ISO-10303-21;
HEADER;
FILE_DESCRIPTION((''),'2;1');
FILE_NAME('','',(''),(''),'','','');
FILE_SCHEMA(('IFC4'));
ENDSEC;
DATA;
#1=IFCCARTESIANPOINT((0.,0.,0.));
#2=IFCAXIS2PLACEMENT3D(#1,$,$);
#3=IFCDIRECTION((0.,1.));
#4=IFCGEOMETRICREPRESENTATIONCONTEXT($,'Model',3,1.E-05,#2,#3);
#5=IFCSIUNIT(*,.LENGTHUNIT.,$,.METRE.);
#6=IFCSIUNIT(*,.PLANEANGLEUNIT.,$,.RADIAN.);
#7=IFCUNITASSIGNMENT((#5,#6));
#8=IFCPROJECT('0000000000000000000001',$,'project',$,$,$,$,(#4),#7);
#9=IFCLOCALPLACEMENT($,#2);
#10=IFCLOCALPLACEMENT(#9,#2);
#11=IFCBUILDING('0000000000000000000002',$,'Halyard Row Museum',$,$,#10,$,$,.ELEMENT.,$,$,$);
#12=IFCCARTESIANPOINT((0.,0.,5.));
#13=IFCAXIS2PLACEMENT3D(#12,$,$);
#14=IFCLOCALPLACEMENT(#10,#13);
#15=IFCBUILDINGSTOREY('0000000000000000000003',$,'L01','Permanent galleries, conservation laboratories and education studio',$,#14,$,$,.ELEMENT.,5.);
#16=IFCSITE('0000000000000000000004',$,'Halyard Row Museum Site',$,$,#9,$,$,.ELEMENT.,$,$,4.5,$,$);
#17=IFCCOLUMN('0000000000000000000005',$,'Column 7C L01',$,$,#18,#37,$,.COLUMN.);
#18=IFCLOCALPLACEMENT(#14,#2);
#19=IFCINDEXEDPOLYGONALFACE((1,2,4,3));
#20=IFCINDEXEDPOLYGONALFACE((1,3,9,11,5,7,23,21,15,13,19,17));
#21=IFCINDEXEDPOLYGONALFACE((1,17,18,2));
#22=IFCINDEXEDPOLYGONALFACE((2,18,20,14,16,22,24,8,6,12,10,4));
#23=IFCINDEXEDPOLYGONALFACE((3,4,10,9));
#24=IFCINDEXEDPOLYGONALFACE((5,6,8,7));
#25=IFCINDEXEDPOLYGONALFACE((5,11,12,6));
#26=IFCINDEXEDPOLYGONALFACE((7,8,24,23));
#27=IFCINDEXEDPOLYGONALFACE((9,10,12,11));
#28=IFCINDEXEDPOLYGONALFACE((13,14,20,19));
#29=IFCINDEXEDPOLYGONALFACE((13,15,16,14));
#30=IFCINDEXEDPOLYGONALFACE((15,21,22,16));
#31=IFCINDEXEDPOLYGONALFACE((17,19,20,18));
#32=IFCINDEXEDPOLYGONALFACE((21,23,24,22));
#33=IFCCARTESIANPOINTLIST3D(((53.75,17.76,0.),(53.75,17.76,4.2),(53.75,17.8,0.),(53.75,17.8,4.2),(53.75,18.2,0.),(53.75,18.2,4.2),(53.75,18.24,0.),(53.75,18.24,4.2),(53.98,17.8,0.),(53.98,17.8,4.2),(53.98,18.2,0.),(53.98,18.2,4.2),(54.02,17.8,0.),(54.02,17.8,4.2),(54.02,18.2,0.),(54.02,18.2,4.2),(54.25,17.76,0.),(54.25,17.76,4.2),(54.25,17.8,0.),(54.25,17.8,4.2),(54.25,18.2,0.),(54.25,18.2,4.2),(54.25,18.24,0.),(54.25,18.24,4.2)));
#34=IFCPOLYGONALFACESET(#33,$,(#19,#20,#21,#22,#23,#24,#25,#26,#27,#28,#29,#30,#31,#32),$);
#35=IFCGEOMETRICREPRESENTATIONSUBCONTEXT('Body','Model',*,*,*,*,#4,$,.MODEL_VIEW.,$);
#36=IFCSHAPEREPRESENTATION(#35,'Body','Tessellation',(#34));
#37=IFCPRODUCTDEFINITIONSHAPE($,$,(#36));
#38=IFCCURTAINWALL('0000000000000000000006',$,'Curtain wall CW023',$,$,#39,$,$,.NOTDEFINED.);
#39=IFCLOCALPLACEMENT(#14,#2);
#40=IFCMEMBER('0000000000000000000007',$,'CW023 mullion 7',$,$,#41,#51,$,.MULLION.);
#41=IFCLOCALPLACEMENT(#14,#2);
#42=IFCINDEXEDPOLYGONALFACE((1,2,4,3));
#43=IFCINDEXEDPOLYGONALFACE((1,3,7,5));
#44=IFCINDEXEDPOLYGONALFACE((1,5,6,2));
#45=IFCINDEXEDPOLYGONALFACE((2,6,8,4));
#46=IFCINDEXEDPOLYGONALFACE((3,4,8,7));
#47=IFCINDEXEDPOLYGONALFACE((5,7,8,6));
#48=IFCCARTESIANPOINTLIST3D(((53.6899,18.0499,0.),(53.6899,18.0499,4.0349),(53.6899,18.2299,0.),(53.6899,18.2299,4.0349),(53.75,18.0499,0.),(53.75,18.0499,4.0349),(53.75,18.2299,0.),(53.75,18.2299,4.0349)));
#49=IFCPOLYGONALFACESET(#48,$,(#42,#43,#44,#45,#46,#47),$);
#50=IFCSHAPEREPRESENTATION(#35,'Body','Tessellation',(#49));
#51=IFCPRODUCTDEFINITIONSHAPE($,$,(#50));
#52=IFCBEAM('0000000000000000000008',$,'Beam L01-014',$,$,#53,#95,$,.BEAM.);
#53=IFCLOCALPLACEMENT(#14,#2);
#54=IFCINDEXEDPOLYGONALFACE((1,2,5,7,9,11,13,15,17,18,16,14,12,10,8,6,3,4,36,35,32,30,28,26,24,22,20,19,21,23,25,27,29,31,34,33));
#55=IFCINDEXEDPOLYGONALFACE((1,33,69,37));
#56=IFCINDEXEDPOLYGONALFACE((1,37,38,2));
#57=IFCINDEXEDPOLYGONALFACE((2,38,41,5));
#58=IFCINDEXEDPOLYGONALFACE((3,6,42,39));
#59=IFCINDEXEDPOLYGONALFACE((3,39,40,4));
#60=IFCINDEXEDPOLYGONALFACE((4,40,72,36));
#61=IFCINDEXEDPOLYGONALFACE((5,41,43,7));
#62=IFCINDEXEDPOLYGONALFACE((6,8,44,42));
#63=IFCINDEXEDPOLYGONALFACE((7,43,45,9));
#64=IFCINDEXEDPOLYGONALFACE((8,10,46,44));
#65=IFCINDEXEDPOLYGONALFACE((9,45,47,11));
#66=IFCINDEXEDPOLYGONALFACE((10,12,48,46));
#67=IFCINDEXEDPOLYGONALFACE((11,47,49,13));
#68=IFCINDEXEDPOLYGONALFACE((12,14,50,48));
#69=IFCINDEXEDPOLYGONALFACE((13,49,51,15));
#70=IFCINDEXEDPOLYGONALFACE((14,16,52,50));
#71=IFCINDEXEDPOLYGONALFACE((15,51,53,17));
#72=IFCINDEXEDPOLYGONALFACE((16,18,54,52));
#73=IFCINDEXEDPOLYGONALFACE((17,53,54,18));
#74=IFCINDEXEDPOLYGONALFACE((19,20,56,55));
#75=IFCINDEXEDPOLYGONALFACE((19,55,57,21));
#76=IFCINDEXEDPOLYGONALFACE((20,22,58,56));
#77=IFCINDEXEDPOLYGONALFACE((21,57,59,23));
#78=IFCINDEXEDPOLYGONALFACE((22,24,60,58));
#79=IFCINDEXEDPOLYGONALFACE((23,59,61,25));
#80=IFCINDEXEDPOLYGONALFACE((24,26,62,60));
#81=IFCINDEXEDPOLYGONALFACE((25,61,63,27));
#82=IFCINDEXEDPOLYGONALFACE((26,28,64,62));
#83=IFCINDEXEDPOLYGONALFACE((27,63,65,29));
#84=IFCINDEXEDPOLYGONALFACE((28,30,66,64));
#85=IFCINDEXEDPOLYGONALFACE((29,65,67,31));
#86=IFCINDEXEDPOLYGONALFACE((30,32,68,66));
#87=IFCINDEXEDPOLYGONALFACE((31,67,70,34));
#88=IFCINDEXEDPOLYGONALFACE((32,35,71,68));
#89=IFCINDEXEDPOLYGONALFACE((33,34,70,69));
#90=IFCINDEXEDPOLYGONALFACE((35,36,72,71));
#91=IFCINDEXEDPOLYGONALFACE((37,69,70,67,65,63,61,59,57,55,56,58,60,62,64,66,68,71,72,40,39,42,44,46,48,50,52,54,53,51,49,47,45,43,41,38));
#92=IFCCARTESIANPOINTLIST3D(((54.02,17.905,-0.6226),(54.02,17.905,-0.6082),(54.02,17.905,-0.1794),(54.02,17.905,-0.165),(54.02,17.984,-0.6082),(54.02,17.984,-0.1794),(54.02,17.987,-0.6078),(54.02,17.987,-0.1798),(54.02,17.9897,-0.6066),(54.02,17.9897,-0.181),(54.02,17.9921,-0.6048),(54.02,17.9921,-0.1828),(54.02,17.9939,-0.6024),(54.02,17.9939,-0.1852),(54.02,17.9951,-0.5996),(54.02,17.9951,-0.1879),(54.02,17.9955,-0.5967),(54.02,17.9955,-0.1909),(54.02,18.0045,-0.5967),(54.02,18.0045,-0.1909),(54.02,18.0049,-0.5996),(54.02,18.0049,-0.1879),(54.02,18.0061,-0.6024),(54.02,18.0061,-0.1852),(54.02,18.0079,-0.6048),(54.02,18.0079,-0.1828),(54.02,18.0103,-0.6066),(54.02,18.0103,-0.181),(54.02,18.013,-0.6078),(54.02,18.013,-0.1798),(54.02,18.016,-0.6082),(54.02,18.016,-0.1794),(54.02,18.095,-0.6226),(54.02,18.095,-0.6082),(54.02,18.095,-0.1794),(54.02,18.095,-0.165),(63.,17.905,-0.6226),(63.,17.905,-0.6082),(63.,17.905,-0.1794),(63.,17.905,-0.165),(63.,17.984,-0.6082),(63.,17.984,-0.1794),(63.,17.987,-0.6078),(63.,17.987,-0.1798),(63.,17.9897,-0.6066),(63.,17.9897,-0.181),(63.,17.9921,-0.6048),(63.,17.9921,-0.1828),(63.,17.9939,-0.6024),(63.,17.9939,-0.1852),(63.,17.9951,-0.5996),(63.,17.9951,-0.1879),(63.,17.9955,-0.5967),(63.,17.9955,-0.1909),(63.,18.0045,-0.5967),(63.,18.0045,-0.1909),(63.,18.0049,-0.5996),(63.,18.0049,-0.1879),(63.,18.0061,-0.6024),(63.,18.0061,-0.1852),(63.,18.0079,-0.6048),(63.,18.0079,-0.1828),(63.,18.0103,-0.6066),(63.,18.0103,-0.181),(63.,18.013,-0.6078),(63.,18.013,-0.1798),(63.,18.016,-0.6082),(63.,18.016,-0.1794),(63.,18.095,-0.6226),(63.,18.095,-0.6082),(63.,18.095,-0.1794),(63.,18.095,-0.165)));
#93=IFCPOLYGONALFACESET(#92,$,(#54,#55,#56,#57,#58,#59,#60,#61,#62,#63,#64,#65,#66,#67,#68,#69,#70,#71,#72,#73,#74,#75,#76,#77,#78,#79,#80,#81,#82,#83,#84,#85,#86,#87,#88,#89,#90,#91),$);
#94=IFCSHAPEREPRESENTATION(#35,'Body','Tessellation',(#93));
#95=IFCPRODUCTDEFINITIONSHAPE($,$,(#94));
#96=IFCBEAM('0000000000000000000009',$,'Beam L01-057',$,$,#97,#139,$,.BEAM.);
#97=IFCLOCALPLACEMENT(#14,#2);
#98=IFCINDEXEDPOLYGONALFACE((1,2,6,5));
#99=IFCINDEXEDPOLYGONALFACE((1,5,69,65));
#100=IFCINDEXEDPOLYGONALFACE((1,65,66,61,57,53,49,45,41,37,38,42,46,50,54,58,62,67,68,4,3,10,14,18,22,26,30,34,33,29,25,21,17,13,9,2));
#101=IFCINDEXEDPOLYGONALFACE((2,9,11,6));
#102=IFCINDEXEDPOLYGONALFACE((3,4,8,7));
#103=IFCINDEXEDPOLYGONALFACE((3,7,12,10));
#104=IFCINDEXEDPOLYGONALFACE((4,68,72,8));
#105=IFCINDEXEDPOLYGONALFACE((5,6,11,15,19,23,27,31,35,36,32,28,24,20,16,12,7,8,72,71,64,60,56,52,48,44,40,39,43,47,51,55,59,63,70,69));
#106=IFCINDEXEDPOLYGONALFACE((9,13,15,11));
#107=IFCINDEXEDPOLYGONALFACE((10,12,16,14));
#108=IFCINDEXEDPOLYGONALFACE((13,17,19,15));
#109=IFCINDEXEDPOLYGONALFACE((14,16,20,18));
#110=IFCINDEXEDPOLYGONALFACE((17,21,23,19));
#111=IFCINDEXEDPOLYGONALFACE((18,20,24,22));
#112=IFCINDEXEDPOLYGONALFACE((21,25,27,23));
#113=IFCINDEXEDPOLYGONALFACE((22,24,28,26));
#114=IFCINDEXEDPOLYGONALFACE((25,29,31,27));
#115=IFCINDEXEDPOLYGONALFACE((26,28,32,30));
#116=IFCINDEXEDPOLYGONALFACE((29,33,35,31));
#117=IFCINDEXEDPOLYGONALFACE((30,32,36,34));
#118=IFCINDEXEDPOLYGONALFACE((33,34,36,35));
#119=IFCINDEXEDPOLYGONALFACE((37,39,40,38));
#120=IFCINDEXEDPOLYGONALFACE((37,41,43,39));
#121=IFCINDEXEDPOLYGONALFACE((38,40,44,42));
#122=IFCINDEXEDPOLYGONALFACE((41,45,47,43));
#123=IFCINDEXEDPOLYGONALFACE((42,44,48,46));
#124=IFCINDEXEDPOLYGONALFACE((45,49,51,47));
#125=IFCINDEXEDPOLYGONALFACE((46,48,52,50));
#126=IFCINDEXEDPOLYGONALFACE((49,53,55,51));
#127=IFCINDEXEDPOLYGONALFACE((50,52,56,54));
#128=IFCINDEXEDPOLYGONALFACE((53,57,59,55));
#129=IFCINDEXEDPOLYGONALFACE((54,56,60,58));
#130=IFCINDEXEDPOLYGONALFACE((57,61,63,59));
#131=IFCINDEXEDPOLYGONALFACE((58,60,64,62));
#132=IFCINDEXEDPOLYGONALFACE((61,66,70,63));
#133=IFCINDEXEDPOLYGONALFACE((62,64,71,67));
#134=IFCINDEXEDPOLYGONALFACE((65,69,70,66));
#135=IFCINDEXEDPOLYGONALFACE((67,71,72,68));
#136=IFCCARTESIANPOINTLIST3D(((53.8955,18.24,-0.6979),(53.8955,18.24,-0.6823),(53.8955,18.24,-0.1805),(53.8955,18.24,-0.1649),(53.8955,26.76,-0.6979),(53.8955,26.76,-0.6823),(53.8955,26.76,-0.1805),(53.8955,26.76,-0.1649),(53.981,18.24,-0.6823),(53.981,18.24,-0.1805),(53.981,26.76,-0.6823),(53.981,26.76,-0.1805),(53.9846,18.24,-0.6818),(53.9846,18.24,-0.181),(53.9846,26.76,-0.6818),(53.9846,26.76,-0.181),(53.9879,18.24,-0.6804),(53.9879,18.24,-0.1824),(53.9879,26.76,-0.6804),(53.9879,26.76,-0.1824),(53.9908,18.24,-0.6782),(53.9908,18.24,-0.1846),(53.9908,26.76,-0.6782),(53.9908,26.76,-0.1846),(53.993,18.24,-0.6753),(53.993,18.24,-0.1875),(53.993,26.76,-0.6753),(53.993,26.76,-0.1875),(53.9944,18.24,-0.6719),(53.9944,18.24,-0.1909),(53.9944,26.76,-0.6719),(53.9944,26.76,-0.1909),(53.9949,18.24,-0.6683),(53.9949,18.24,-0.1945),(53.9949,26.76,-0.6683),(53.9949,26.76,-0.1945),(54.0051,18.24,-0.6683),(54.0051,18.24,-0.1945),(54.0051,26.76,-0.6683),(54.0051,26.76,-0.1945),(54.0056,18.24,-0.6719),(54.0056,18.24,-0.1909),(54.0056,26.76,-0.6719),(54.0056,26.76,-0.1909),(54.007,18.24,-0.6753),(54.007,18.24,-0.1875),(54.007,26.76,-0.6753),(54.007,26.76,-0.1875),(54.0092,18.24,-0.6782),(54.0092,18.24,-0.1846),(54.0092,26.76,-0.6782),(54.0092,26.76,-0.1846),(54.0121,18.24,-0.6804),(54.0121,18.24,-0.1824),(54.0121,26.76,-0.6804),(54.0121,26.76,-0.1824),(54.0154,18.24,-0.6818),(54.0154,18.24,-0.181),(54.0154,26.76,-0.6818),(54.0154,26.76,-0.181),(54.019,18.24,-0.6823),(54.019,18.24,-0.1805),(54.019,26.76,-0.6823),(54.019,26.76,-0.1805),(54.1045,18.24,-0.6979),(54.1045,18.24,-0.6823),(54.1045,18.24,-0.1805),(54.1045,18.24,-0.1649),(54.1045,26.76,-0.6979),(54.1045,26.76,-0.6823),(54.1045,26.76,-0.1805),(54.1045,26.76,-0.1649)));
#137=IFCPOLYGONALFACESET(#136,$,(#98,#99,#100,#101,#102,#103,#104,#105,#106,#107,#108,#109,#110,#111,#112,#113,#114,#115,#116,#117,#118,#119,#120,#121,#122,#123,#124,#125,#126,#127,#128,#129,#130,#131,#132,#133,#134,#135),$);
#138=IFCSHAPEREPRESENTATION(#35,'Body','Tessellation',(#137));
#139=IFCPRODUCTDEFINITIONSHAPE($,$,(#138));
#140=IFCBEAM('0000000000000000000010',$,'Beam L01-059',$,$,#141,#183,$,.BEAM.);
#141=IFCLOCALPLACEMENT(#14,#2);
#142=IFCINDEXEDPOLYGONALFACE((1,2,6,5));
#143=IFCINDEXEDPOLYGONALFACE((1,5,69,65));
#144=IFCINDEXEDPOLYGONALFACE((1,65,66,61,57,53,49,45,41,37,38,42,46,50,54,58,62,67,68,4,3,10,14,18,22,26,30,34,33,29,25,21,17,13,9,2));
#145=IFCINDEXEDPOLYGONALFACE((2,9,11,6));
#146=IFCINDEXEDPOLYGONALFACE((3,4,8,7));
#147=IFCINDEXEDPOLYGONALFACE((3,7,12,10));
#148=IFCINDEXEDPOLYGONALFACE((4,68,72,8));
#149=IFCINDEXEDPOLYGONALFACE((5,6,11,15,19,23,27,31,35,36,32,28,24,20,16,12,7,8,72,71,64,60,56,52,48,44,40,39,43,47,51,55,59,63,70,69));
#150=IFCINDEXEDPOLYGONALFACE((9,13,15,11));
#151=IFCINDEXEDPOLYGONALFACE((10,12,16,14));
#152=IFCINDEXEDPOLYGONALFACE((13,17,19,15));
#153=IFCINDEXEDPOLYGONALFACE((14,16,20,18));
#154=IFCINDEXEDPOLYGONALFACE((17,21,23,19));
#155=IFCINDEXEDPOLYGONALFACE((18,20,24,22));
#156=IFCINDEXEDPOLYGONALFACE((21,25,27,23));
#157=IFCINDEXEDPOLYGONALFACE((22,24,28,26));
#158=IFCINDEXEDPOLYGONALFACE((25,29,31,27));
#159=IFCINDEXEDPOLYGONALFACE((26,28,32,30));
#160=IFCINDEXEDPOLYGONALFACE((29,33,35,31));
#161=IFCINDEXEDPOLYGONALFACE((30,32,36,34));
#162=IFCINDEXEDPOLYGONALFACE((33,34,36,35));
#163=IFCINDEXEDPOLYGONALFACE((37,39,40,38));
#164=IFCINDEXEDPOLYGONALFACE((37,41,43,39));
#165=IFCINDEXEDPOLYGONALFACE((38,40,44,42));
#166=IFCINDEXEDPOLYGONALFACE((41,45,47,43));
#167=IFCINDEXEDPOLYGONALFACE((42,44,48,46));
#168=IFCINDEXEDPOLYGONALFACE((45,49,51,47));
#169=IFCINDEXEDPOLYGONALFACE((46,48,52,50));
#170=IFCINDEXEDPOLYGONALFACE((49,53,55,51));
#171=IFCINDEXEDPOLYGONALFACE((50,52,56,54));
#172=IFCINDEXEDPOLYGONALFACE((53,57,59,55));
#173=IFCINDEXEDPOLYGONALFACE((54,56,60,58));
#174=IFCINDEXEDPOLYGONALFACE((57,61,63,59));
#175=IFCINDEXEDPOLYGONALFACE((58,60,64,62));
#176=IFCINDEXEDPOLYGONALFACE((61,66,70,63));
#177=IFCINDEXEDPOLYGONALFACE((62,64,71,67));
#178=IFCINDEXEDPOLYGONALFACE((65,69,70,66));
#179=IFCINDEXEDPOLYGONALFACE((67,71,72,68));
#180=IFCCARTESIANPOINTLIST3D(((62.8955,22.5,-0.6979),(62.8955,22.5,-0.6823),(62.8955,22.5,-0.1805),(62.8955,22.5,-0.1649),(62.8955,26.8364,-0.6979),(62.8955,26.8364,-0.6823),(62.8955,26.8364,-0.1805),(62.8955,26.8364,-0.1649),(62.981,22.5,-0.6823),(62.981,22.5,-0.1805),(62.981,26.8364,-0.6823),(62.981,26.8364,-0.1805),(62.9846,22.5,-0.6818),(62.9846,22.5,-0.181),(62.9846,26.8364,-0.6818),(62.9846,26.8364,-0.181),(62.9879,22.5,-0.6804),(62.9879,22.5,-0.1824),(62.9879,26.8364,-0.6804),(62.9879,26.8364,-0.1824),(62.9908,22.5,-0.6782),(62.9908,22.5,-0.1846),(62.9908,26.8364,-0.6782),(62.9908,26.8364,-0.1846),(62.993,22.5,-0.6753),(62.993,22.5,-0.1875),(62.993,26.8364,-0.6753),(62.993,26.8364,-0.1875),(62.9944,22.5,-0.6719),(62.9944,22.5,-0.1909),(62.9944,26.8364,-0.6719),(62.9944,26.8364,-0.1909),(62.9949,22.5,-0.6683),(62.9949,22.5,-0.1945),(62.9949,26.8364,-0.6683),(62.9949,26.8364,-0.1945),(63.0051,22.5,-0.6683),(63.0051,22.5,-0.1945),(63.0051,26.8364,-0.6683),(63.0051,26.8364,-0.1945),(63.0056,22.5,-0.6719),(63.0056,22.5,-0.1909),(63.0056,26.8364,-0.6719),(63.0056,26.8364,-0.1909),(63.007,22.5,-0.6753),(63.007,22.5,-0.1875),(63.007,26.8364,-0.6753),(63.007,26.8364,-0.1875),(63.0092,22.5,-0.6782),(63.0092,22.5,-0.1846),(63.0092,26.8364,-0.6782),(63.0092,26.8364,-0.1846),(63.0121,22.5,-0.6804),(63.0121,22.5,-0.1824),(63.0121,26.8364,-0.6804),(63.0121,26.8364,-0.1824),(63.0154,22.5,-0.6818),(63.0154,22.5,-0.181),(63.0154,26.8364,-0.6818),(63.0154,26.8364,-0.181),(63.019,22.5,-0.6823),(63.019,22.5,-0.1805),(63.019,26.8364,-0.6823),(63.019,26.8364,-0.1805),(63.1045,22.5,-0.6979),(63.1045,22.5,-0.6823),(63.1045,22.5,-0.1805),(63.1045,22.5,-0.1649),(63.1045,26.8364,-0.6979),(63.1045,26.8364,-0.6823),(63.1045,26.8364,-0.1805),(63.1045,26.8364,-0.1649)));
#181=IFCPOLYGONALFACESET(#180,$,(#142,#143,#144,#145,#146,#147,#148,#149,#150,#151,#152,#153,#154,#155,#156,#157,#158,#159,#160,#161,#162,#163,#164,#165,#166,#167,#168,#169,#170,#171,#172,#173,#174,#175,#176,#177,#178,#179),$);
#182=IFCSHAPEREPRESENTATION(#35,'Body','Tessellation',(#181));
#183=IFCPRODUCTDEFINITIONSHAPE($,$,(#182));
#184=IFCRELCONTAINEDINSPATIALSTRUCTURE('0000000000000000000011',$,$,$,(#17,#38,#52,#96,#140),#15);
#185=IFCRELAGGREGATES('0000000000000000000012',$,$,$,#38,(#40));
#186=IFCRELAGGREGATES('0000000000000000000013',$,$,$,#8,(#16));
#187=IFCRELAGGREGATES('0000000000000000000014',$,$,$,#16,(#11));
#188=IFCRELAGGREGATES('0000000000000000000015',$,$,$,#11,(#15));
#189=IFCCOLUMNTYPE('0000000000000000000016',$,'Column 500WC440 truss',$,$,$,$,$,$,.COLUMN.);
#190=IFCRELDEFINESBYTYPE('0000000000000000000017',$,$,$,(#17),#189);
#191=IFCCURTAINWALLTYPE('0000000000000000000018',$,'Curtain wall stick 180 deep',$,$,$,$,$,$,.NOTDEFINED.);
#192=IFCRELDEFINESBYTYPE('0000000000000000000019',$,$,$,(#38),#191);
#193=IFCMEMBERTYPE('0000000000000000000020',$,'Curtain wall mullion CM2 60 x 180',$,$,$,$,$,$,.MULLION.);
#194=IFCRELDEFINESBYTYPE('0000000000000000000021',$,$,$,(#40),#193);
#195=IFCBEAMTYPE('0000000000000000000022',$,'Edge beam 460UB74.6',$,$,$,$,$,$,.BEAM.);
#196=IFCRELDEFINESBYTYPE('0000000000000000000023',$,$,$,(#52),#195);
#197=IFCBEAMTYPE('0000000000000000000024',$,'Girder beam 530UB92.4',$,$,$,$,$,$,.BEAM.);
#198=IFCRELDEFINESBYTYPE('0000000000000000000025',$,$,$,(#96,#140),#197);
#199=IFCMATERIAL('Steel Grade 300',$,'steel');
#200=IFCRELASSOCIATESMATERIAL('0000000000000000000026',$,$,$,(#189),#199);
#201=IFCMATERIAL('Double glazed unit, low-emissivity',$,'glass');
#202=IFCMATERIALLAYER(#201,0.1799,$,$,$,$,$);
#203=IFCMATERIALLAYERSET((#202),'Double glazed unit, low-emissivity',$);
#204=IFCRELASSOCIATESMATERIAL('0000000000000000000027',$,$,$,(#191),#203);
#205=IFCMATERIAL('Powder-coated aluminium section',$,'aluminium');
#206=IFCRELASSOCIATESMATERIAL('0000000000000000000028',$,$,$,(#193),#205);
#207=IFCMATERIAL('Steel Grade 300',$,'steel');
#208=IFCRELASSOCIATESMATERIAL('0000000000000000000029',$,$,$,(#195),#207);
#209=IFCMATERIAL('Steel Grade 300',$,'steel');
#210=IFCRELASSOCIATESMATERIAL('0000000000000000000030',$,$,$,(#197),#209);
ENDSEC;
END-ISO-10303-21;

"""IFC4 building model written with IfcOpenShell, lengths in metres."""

from ifc_helpers import new_model, si_unit, direction, frame, origin, origin_2d, place, context, subcontext, project, spatial, rectangle, i_section, extrude, material, layer, layer_set, material_profile, profile_set, type_object, element, aggregate, save


model = new_model("IFC4")

# Units and contexts
model_context = context("Model", 3, precision=1e-05, world=origin(), true_north=direction((0.0, 1.0)))
body_context = subcontext(model_context, "Body", "Model", "MODEL_VIEW")
ifc_project = project(units=[si_unit("LENGTHUNIT", "METRE"), si_unit("PLANEANGLEUNIT", "RADIAN")], contexts=[model_context])

# Site, building, storey
site_placement = place(None, origin())
site = spatial("IfcSite", under=ifc_project, at=site_placement, Name="Halyard Row Museum Site", CompositionType="ELEMENT", RefElevation=4.5)
building_placement = place(site_placement, origin())
building = spatial("IfcBuilding", under=site, at=building_placement, Name="Halyard Row Museum", CompositionType="ELEMENT")
storey_placement = place(building_placement, frame((0.0, 0.0, 5.0)))
storey = spatial("IfcBuildingStorey", under=building, at=storey_placement, Name="L01", Description="Permanent galleries, conservation laboratories and education studio", CompositionType="ELEMENT", Elevation=5.0)

# Column
ifc_material_1 = material(Name="Steel Grade 300", Category="steel")
ifc_material_profile_1 = material_profile(ifc_material_1, i_section(OverallWidth=0.5, OverallDepth=0.48, WebThickness=0.04, FlangeThickness=0.04, at=origin_2d()), Name="500WC440")
ifc_profile_set_1 = profile_set([ifc_material_profile_1], Name="Steel Grade 300")
column_type = type_object("IfcColumnType", Name="Column 500WC440 truss", PredefinedType="COLUMN", material=ifc_profile_set_1)
column_placement = place(storey_placement, frame((54.0, 18.0, 0.0), z_axis=(0.0, 0.0, 1.0), x_axis=(1.0, 0.0, 0.0)))
element("IfcColumn", 1, at=column_placement, inside=storey, type_object=column_type, Name="Column 7C L01", PredefinedType="COLUMN", context=body_context, shape_type="SweptSolid", body=[
    extrude(i_section(OverallWidth=0.5, OverallDepth=0.48, WebThickness=0.04, FlangeThickness=0.04, at=origin_2d()), origin(), (0.0, 0.0, 1.0), 4.2),
])

# Curtain wall, member
ifc_material_2 = material(Name="Double glazed unit, low-emissivity", Category="glass")
ifc_layer_1 = layer(ifc_material_2, 0.1799)
ifc_layer_set_1 = layer_set([ifc_layer_1], Name="Double glazed unit, low-emissivity")
curtain_wall_type = type_object("IfcCurtainWallType", Name="Curtain wall stick 180 deep", PredefinedType="NOTDEFINED", material=ifc_layer_set_1)
curtain_wall_placement = place(storey_placement, origin())
curtain_wall = element("IfcCurtainWall", 2, at=curtain_wall_placement, inside=storey, type_object=curtain_wall_type, Name="Curtain wall CW023", PredefinedType="NOTDEFINED")
ifc_material_3 = material(Name="Powder-coated aluminium section", Category="aluminium")
ifc_material_profile_2 = material_profile(ifc_material_3, rectangle(XDim=0.1799, YDim=0.0601, at=origin_2d()), Name="180x60 mullion")
ifc_profile_set_2 = profile_set([ifc_material_profile_2], Name="Powder-coated aluminium section")
member_type = type_object("IfcMemberType", Name="Curtain wall mullion CM2 60 x 180", PredefinedType="MULLION", material=ifc_profile_set_2)
member_placement = place(storey_placement, frame((53.72, 18.1399, 0.0), z_axis=(0.0, 0.0, 1.0), x_axis=(0.0, 1.0, 0.0)))
member = element("IfcMember", 3, at=member_placement, type_object=member_type, Name="CW023 mullion 7", PredefinedType="MULLION", context=body_context, shape_type="SweptSolid", body=[
    extrude(rectangle(XDim=0.1799, YDim=0.0601, at=origin_2d()), origin(), (0.0, 0.0, 1.0), 4.0349),
])

# Beams
ifc_material_4 = material(Name="Steel Grade 300", Category="steel")
ifc_material_profile_3 = material_profile(ifc_material_4, i_section(OverallWidth=0.1899, OverallDepth=0.4575, WebThickness=0.009, FlangeThickness=0.0144, FilletRadius=0.0115, at=origin_2d()), Name="460UB74.6")
ifc_profile_set_3 = profile_set([ifc_material_profile_3], Name="Steel Grade 300")
beam_type_1 = type_object("IfcBeamType", Name="Edge beam 460UB74.6", PredefinedType="BEAM", material=ifc_profile_set_3)
beam_1_placement = place(storey_placement, frame((54.02, 18.0, -0.3938), z_axis=(1.0, 0.0, 0.0), x_axis=(0.0, 1.0, 0.0)))
element("IfcBeam", 4, at=beam_1_placement, inside=storey, type_object=beam_type_1, Name="Beam L01-014", PredefinedType="BEAM", context=body_context, shape_type="SweptSolid", body=[
    extrude(i_section(OverallWidth=0.1899, OverallDepth=0.4575, WebThickness=0.009, FlangeThickness=0.0144, FilletRadius=0.0115, at=origin_2d()), origin(), (0.0, 0.0, 1.0), 8.98),
])
ifc_material_5 = material(Name="Steel Grade 300", Category="steel")
ifc_material_profile_4 = material_profile(ifc_material_5, i_section(OverallWidth=0.209, OverallDepth=0.533, WebThickness=0.0103, FlangeThickness=0.0156, FilletRadius=0.0139, at=origin_2d()), Name="530UB92.4")
ifc_profile_set_4 = profile_set([ifc_material_profile_4], Name="Steel Grade 300")
beam_type_2 = type_object("IfcBeamType", Name="Girder beam 530UB92.4", PredefinedType="BEAM", material=ifc_profile_set_4)
beam_2_placement = place(storey_placement, frame((54.0, 18.24, -0.4314), z_axis=(0.0, 1.0, 0.0), x_axis=(-1.0, 0.0, 0.0)))
element("IfcBeam", 5, at=beam_2_placement, inside=storey, type_object=beam_type_2, Name="Beam L01-057", PredefinedType="BEAM", context=body_context, shape_type="SweptSolid", body=[
    extrude(i_section(OverallWidth=0.209, OverallDepth=0.533, WebThickness=0.0103, FlangeThickness=0.0156, FilletRadius=0.0139, at=origin_2d()), origin(), (0.0, 0.0, 1.0), 8.52),
])
beam_3_placement = place(storey_placement, frame((63.0, 22.5, -0.4314), z_axis=(0.0, 1.0, 0.0), x_axis=(-1.0, 0.0, 0.0)))
element("IfcBeam", 6, at=beam_3_placement, inside=storey, type_object=beam_type_2, Name="Beam L01-059", PredefinedType="BEAM", context=body_context, shape_type="SweptSolid", body=[
    extrude(i_section(OverallWidth=0.209, OverallDepth=0.533, WebThickness=0.0103, FlangeThickness=0.0156, FilletRadius=0.0139, at=origin_2d()), origin(), (0.0, 0.0, 1.0), 4.3364),
])

aggregate(curtain_wall, [member])

save(model, "model.ifc")
